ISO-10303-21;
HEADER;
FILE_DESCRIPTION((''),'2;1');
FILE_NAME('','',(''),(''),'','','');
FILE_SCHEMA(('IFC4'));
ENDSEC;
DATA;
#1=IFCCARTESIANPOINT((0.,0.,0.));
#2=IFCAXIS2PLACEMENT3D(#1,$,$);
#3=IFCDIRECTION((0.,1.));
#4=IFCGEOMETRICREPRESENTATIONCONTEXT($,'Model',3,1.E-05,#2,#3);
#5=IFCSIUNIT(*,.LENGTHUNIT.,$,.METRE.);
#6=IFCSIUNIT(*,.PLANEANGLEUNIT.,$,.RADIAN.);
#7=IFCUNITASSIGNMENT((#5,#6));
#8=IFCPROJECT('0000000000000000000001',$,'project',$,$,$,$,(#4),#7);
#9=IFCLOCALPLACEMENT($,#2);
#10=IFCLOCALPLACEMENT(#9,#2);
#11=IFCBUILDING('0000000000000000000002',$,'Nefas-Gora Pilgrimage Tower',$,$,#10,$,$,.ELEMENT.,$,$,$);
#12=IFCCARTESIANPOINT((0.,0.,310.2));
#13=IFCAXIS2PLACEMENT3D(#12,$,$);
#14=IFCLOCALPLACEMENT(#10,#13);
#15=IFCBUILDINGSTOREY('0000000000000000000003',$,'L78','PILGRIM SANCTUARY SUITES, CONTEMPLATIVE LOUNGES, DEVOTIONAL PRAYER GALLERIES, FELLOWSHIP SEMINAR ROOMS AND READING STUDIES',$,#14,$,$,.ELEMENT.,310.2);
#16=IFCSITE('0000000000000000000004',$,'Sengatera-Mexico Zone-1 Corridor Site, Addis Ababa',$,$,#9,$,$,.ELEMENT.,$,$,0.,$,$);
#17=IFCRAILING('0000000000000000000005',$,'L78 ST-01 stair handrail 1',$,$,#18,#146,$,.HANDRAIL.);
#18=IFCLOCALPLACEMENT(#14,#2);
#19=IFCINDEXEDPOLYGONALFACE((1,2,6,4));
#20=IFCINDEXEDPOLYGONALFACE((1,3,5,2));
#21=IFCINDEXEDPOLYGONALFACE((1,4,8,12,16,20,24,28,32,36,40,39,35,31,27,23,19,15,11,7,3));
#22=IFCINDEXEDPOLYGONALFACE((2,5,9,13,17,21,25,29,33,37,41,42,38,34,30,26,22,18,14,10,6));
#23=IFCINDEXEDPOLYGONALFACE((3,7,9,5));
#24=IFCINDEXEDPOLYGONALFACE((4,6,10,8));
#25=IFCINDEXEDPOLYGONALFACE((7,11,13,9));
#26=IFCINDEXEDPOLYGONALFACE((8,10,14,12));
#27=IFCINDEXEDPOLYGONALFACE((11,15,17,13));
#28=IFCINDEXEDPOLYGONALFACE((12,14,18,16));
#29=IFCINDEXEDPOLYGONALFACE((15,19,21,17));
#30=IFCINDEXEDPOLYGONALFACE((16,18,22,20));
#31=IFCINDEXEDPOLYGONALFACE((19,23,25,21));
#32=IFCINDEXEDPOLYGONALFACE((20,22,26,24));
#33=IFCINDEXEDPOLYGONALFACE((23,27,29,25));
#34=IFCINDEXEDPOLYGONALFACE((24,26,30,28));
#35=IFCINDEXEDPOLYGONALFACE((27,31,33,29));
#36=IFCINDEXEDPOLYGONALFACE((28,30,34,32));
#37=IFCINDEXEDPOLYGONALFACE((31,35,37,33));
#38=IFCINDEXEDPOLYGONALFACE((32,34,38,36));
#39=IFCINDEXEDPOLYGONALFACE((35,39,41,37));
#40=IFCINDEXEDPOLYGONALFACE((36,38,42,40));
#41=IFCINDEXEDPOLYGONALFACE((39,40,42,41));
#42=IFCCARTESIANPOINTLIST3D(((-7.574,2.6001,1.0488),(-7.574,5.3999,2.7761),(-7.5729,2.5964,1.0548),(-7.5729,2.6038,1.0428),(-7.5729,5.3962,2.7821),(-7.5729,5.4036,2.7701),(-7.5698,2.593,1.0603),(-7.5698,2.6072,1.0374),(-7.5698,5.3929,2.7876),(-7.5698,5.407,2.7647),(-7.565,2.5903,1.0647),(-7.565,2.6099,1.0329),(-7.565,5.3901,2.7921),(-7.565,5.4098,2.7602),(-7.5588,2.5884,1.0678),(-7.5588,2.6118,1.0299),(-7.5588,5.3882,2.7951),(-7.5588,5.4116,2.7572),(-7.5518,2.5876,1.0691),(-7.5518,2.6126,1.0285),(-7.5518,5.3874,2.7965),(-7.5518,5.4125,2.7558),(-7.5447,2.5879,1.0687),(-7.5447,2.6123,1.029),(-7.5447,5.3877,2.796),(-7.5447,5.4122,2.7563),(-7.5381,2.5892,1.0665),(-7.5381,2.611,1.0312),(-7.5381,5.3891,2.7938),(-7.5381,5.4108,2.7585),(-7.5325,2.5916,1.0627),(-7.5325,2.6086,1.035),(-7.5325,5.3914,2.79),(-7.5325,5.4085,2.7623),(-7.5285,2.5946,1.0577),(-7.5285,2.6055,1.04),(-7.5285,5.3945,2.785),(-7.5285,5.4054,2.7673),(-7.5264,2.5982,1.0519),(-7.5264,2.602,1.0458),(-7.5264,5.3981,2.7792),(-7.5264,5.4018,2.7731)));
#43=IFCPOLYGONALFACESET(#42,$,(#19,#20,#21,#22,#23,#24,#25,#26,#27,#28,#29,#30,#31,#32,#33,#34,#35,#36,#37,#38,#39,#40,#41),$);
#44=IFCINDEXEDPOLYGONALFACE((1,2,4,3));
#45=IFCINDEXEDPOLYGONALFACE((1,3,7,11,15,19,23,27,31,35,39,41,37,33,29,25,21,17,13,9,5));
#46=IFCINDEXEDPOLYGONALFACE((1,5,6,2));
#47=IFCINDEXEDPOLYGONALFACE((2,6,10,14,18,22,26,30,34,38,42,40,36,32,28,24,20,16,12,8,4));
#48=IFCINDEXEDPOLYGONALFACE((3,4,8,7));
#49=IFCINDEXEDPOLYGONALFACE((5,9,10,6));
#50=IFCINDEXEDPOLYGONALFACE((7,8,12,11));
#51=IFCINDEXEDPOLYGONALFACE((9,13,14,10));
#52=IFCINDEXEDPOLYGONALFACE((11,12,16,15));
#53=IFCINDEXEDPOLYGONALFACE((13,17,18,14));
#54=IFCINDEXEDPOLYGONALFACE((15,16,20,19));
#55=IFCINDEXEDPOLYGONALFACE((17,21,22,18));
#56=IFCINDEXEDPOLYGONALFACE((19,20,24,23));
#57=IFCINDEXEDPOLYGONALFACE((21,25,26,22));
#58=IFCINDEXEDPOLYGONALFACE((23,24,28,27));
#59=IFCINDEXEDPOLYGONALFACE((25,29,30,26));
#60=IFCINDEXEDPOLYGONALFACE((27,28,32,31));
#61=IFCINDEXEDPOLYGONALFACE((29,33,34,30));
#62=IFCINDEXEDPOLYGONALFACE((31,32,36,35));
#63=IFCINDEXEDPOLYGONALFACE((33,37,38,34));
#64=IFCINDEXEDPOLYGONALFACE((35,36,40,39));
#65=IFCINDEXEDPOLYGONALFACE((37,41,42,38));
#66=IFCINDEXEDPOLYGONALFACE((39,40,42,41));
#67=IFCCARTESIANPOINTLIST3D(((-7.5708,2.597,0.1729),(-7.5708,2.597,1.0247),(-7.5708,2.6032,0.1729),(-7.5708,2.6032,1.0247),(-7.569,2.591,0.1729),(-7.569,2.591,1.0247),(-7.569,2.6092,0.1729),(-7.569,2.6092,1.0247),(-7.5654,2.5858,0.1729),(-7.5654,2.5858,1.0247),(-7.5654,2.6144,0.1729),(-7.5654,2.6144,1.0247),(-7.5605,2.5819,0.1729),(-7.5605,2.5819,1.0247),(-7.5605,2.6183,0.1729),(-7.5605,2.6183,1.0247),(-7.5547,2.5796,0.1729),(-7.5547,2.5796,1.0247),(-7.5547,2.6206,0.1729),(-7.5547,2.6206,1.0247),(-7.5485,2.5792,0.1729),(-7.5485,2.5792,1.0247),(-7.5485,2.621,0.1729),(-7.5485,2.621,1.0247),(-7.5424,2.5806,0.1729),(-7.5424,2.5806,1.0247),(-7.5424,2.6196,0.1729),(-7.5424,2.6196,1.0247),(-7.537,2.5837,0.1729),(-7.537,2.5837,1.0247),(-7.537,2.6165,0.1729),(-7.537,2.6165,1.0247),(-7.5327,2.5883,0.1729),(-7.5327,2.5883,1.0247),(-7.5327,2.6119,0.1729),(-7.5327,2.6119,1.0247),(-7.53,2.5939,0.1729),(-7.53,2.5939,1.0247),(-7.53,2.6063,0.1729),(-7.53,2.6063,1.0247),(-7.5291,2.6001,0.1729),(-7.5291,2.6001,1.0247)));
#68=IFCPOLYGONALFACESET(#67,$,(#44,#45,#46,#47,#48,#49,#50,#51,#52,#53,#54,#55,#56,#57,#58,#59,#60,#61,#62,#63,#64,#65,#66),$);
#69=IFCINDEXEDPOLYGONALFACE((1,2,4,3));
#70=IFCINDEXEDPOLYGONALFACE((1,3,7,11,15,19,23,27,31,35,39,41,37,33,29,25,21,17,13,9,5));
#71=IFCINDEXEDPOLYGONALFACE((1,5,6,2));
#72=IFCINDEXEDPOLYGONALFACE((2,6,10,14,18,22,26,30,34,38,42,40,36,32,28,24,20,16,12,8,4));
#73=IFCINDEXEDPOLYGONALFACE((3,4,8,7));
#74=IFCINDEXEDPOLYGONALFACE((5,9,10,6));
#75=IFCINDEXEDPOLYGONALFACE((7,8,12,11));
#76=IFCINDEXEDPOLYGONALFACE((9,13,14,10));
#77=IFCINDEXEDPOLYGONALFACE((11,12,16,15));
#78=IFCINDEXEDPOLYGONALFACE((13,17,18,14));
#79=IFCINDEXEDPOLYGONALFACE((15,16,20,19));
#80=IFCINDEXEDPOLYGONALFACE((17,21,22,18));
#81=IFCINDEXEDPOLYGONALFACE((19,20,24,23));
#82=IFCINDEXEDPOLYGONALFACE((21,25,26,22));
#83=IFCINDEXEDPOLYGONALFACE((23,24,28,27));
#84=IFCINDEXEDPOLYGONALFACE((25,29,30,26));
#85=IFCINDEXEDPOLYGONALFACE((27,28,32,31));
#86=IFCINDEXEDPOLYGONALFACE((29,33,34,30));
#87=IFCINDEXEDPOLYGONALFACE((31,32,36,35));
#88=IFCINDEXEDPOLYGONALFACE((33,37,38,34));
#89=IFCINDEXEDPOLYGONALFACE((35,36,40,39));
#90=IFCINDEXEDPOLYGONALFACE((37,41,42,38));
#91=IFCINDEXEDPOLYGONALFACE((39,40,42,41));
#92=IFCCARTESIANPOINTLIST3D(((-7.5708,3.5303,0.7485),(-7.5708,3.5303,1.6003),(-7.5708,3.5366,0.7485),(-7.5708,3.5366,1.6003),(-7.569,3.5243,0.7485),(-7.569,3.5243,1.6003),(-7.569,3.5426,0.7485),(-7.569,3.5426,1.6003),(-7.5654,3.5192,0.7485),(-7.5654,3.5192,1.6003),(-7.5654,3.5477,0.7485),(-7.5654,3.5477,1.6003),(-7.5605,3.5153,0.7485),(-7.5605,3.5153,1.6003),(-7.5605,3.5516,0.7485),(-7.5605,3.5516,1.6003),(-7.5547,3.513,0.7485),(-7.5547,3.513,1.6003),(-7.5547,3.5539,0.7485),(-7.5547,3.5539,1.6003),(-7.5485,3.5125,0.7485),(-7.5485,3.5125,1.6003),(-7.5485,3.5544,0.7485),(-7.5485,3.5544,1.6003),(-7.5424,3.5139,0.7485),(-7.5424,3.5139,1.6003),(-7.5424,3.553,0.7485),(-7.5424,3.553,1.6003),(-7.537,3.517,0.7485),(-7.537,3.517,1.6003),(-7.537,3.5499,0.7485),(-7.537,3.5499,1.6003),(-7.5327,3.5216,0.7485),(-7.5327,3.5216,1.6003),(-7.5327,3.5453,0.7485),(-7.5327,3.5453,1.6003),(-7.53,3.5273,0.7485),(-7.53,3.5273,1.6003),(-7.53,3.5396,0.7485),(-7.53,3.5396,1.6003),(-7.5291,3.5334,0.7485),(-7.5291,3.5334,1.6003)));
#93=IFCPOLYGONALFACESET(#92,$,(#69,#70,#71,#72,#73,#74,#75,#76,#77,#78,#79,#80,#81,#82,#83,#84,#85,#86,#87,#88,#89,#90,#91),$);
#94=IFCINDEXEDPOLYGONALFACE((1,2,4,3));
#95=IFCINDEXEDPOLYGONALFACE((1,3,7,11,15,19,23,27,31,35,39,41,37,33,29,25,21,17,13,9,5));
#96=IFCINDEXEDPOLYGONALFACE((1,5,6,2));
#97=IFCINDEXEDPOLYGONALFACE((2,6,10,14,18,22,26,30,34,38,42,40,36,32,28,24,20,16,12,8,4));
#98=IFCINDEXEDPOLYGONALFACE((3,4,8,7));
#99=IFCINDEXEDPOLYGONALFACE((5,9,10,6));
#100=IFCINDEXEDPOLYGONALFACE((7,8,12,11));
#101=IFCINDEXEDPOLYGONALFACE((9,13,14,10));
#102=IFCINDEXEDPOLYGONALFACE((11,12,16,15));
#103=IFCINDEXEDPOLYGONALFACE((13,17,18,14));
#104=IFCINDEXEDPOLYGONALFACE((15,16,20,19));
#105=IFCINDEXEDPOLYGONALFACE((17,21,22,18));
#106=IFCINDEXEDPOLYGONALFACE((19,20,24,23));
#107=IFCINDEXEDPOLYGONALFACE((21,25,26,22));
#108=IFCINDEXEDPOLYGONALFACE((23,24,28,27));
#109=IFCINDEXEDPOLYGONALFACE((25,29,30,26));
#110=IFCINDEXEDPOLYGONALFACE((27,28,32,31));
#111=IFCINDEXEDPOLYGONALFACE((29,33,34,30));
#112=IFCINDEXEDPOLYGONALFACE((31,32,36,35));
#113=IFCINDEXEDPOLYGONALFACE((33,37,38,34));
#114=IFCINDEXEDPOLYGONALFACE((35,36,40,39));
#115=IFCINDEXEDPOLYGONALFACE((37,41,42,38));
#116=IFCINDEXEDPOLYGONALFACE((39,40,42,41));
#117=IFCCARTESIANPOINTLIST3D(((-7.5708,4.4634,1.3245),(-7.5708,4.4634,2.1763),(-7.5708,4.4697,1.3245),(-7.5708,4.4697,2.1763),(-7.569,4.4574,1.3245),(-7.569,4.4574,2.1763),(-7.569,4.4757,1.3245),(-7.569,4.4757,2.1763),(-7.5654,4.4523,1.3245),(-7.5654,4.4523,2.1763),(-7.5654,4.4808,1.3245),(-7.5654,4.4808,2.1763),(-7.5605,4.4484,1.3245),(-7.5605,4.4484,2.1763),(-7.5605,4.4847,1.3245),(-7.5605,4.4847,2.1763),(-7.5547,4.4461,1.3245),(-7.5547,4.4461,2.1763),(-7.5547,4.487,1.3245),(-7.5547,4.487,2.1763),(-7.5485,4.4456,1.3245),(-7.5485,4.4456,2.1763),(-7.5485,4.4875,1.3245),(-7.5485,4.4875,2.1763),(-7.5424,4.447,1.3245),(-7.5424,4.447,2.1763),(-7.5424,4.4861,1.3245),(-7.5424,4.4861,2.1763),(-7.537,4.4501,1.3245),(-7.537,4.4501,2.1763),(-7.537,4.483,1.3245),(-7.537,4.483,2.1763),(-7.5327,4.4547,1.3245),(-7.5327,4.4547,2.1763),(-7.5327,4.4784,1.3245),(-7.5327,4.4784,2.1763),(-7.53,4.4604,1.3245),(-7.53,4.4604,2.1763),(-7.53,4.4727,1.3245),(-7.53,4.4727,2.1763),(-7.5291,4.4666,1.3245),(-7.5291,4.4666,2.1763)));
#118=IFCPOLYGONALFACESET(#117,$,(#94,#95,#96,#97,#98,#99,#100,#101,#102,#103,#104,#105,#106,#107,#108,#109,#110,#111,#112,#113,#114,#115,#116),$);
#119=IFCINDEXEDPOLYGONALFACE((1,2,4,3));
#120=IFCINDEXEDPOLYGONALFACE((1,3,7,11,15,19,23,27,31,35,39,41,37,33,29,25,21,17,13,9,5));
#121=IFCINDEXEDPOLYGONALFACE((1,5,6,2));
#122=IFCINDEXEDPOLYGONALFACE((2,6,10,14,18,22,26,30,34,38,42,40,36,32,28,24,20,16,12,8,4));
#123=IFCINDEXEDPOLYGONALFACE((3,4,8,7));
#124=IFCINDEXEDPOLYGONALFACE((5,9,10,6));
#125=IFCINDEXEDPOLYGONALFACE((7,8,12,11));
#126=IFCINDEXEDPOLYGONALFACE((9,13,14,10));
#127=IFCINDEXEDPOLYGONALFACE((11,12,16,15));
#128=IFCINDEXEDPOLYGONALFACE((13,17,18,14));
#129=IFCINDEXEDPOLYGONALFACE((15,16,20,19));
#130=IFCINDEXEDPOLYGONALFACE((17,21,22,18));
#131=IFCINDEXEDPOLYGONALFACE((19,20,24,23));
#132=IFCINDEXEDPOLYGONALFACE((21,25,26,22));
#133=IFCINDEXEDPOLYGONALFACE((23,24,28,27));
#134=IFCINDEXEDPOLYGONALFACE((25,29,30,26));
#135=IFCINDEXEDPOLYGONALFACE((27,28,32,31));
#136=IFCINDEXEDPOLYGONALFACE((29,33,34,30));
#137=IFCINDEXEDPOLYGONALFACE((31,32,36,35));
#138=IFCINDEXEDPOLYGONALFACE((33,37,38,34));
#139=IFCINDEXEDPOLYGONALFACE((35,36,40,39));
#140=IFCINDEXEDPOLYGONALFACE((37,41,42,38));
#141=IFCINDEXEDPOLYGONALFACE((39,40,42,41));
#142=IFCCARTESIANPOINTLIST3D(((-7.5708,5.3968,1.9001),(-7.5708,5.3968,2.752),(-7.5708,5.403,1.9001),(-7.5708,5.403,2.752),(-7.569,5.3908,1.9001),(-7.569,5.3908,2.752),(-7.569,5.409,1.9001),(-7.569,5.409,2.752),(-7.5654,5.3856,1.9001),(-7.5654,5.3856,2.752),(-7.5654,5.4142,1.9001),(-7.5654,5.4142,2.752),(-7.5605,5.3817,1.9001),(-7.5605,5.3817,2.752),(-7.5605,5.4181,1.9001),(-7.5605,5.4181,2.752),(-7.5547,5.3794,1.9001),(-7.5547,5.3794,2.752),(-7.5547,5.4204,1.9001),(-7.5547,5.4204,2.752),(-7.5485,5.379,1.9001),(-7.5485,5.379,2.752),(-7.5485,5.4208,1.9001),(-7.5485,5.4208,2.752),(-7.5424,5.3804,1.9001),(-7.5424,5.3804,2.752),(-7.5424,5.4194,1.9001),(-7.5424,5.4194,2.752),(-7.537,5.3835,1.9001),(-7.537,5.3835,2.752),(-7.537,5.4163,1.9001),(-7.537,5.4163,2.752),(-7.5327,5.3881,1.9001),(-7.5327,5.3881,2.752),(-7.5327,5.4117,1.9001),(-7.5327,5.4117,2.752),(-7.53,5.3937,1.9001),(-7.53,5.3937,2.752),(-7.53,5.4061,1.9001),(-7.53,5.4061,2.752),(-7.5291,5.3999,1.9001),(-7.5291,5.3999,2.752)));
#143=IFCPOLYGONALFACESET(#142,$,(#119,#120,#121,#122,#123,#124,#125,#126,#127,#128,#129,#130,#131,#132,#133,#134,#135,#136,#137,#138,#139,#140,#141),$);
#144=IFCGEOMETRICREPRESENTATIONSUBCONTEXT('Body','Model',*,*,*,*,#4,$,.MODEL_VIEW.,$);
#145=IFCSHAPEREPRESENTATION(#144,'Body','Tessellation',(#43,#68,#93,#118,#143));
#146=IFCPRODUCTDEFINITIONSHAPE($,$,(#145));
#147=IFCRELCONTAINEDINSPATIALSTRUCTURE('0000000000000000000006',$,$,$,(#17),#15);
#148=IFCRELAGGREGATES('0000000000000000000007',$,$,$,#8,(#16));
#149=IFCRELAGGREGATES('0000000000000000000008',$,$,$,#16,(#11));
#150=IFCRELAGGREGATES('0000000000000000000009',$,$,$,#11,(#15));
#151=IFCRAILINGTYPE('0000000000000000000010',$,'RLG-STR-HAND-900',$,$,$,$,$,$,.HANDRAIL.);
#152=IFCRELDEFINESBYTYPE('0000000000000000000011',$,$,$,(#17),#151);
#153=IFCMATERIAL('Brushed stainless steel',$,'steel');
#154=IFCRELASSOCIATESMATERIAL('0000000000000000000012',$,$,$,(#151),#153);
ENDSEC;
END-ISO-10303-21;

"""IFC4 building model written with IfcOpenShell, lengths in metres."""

from ifc_helpers import new_model, si_unit, direction, frame, origin, origin_2d, place, context, subcontext, project, spatial, circle, extrude, material, type_object, element, save


model = new_model("IFC4")

# Units and contexts
model_context = context("Model", 3, precision=1e-05, world=origin(), true_north=direction((0.0, 1.0)))
body_context = subcontext(model_context, "Body", "Model", "MODEL_VIEW")
ifc_project = project(units=[si_unit("LENGTHUNIT", "METRE"), si_unit("PLANEANGLEUNIT", "RADIAN")], contexts=[model_context])

# Site, building, storey
site_placement = place(None, origin())
site = spatial("IfcSite", under=ifc_project, at=site_placement, Name="Sengatera-Mexico Zone-1 Corridor Site, Addis Ababa", CompositionType="ELEMENT", RefElevation=0.0)
building_placement = place(site_placement, origin())
building = spatial("IfcBuilding", under=site, at=building_placement, Name="Nefas-Gora Pilgrimage Tower", CompositionType="ELEMENT")
storey_placement = place(building_placement, frame((0.0, 0.0, 310.2)))
storey = spatial("IfcBuildingStorey", under=building, at=storey_placement, Name="L78", Description="PILGRIM SANCTUARY SUITES, CONTEMPLATIVE LOUNGES, DEVOTIONAL PRAYER GALLERIES, FELLOWSHIP SEMINAR ROOMS AND READING STUDIES", CompositionType="ELEMENT", Elevation=310.2)

# Railing
ifc_material_1 = material(Name="Brushed stainless steel", Category="steel")
railing_type_1 = type_object("IfcRailingType", Name="RLG-STR-HAND-900", PredefinedType="HANDRAIL", material=ifc_material_1)
railing_1_placement = place(storey_placement, frame((-7.55, 2.6001, 0.1729)))
element("IfcRailing", 1, at=railing_1_placement, inside=storey, type_object=railing_type_1, Name="L78 ST-01 stair handrail 1", PredefinedType="HANDRAIL", context=body_context, shape_type="SweptSolid", body=[
    extrude(circle(Radius=0.0239, at=origin_2d()), frame((0.0, 0.0, 0.876), z_axis=(0.0, 0.851069, 0.525054), x_axis=(-1.0, 0.0, 0.0)), (0.0, 0.0, 1.0), 3.2898),
    extrude(circle(Radius=0.021, at=origin_2d()), origin(), (0.0, 0.0, 1.0), 0.8518),
    extrude(circle(Radius=0.021, at=origin_2d()), frame((0.0, 0.9333, 0.5757)), (0.0, 0.0, 1.0), 0.8518),
    extrude(circle(Radius=0.021, at=origin_2d()), frame((0.0, 1.8665, 1.1516)), (0.0, 0.0, 1.0), 0.8518),
    extrude(circle(Radius=0.021, at=origin_2d()), frame((0.0, 2.7998, 1.7273)), (0.0, 0.0, 1.0), 0.8518),
])

save(model, "model.ifc")
